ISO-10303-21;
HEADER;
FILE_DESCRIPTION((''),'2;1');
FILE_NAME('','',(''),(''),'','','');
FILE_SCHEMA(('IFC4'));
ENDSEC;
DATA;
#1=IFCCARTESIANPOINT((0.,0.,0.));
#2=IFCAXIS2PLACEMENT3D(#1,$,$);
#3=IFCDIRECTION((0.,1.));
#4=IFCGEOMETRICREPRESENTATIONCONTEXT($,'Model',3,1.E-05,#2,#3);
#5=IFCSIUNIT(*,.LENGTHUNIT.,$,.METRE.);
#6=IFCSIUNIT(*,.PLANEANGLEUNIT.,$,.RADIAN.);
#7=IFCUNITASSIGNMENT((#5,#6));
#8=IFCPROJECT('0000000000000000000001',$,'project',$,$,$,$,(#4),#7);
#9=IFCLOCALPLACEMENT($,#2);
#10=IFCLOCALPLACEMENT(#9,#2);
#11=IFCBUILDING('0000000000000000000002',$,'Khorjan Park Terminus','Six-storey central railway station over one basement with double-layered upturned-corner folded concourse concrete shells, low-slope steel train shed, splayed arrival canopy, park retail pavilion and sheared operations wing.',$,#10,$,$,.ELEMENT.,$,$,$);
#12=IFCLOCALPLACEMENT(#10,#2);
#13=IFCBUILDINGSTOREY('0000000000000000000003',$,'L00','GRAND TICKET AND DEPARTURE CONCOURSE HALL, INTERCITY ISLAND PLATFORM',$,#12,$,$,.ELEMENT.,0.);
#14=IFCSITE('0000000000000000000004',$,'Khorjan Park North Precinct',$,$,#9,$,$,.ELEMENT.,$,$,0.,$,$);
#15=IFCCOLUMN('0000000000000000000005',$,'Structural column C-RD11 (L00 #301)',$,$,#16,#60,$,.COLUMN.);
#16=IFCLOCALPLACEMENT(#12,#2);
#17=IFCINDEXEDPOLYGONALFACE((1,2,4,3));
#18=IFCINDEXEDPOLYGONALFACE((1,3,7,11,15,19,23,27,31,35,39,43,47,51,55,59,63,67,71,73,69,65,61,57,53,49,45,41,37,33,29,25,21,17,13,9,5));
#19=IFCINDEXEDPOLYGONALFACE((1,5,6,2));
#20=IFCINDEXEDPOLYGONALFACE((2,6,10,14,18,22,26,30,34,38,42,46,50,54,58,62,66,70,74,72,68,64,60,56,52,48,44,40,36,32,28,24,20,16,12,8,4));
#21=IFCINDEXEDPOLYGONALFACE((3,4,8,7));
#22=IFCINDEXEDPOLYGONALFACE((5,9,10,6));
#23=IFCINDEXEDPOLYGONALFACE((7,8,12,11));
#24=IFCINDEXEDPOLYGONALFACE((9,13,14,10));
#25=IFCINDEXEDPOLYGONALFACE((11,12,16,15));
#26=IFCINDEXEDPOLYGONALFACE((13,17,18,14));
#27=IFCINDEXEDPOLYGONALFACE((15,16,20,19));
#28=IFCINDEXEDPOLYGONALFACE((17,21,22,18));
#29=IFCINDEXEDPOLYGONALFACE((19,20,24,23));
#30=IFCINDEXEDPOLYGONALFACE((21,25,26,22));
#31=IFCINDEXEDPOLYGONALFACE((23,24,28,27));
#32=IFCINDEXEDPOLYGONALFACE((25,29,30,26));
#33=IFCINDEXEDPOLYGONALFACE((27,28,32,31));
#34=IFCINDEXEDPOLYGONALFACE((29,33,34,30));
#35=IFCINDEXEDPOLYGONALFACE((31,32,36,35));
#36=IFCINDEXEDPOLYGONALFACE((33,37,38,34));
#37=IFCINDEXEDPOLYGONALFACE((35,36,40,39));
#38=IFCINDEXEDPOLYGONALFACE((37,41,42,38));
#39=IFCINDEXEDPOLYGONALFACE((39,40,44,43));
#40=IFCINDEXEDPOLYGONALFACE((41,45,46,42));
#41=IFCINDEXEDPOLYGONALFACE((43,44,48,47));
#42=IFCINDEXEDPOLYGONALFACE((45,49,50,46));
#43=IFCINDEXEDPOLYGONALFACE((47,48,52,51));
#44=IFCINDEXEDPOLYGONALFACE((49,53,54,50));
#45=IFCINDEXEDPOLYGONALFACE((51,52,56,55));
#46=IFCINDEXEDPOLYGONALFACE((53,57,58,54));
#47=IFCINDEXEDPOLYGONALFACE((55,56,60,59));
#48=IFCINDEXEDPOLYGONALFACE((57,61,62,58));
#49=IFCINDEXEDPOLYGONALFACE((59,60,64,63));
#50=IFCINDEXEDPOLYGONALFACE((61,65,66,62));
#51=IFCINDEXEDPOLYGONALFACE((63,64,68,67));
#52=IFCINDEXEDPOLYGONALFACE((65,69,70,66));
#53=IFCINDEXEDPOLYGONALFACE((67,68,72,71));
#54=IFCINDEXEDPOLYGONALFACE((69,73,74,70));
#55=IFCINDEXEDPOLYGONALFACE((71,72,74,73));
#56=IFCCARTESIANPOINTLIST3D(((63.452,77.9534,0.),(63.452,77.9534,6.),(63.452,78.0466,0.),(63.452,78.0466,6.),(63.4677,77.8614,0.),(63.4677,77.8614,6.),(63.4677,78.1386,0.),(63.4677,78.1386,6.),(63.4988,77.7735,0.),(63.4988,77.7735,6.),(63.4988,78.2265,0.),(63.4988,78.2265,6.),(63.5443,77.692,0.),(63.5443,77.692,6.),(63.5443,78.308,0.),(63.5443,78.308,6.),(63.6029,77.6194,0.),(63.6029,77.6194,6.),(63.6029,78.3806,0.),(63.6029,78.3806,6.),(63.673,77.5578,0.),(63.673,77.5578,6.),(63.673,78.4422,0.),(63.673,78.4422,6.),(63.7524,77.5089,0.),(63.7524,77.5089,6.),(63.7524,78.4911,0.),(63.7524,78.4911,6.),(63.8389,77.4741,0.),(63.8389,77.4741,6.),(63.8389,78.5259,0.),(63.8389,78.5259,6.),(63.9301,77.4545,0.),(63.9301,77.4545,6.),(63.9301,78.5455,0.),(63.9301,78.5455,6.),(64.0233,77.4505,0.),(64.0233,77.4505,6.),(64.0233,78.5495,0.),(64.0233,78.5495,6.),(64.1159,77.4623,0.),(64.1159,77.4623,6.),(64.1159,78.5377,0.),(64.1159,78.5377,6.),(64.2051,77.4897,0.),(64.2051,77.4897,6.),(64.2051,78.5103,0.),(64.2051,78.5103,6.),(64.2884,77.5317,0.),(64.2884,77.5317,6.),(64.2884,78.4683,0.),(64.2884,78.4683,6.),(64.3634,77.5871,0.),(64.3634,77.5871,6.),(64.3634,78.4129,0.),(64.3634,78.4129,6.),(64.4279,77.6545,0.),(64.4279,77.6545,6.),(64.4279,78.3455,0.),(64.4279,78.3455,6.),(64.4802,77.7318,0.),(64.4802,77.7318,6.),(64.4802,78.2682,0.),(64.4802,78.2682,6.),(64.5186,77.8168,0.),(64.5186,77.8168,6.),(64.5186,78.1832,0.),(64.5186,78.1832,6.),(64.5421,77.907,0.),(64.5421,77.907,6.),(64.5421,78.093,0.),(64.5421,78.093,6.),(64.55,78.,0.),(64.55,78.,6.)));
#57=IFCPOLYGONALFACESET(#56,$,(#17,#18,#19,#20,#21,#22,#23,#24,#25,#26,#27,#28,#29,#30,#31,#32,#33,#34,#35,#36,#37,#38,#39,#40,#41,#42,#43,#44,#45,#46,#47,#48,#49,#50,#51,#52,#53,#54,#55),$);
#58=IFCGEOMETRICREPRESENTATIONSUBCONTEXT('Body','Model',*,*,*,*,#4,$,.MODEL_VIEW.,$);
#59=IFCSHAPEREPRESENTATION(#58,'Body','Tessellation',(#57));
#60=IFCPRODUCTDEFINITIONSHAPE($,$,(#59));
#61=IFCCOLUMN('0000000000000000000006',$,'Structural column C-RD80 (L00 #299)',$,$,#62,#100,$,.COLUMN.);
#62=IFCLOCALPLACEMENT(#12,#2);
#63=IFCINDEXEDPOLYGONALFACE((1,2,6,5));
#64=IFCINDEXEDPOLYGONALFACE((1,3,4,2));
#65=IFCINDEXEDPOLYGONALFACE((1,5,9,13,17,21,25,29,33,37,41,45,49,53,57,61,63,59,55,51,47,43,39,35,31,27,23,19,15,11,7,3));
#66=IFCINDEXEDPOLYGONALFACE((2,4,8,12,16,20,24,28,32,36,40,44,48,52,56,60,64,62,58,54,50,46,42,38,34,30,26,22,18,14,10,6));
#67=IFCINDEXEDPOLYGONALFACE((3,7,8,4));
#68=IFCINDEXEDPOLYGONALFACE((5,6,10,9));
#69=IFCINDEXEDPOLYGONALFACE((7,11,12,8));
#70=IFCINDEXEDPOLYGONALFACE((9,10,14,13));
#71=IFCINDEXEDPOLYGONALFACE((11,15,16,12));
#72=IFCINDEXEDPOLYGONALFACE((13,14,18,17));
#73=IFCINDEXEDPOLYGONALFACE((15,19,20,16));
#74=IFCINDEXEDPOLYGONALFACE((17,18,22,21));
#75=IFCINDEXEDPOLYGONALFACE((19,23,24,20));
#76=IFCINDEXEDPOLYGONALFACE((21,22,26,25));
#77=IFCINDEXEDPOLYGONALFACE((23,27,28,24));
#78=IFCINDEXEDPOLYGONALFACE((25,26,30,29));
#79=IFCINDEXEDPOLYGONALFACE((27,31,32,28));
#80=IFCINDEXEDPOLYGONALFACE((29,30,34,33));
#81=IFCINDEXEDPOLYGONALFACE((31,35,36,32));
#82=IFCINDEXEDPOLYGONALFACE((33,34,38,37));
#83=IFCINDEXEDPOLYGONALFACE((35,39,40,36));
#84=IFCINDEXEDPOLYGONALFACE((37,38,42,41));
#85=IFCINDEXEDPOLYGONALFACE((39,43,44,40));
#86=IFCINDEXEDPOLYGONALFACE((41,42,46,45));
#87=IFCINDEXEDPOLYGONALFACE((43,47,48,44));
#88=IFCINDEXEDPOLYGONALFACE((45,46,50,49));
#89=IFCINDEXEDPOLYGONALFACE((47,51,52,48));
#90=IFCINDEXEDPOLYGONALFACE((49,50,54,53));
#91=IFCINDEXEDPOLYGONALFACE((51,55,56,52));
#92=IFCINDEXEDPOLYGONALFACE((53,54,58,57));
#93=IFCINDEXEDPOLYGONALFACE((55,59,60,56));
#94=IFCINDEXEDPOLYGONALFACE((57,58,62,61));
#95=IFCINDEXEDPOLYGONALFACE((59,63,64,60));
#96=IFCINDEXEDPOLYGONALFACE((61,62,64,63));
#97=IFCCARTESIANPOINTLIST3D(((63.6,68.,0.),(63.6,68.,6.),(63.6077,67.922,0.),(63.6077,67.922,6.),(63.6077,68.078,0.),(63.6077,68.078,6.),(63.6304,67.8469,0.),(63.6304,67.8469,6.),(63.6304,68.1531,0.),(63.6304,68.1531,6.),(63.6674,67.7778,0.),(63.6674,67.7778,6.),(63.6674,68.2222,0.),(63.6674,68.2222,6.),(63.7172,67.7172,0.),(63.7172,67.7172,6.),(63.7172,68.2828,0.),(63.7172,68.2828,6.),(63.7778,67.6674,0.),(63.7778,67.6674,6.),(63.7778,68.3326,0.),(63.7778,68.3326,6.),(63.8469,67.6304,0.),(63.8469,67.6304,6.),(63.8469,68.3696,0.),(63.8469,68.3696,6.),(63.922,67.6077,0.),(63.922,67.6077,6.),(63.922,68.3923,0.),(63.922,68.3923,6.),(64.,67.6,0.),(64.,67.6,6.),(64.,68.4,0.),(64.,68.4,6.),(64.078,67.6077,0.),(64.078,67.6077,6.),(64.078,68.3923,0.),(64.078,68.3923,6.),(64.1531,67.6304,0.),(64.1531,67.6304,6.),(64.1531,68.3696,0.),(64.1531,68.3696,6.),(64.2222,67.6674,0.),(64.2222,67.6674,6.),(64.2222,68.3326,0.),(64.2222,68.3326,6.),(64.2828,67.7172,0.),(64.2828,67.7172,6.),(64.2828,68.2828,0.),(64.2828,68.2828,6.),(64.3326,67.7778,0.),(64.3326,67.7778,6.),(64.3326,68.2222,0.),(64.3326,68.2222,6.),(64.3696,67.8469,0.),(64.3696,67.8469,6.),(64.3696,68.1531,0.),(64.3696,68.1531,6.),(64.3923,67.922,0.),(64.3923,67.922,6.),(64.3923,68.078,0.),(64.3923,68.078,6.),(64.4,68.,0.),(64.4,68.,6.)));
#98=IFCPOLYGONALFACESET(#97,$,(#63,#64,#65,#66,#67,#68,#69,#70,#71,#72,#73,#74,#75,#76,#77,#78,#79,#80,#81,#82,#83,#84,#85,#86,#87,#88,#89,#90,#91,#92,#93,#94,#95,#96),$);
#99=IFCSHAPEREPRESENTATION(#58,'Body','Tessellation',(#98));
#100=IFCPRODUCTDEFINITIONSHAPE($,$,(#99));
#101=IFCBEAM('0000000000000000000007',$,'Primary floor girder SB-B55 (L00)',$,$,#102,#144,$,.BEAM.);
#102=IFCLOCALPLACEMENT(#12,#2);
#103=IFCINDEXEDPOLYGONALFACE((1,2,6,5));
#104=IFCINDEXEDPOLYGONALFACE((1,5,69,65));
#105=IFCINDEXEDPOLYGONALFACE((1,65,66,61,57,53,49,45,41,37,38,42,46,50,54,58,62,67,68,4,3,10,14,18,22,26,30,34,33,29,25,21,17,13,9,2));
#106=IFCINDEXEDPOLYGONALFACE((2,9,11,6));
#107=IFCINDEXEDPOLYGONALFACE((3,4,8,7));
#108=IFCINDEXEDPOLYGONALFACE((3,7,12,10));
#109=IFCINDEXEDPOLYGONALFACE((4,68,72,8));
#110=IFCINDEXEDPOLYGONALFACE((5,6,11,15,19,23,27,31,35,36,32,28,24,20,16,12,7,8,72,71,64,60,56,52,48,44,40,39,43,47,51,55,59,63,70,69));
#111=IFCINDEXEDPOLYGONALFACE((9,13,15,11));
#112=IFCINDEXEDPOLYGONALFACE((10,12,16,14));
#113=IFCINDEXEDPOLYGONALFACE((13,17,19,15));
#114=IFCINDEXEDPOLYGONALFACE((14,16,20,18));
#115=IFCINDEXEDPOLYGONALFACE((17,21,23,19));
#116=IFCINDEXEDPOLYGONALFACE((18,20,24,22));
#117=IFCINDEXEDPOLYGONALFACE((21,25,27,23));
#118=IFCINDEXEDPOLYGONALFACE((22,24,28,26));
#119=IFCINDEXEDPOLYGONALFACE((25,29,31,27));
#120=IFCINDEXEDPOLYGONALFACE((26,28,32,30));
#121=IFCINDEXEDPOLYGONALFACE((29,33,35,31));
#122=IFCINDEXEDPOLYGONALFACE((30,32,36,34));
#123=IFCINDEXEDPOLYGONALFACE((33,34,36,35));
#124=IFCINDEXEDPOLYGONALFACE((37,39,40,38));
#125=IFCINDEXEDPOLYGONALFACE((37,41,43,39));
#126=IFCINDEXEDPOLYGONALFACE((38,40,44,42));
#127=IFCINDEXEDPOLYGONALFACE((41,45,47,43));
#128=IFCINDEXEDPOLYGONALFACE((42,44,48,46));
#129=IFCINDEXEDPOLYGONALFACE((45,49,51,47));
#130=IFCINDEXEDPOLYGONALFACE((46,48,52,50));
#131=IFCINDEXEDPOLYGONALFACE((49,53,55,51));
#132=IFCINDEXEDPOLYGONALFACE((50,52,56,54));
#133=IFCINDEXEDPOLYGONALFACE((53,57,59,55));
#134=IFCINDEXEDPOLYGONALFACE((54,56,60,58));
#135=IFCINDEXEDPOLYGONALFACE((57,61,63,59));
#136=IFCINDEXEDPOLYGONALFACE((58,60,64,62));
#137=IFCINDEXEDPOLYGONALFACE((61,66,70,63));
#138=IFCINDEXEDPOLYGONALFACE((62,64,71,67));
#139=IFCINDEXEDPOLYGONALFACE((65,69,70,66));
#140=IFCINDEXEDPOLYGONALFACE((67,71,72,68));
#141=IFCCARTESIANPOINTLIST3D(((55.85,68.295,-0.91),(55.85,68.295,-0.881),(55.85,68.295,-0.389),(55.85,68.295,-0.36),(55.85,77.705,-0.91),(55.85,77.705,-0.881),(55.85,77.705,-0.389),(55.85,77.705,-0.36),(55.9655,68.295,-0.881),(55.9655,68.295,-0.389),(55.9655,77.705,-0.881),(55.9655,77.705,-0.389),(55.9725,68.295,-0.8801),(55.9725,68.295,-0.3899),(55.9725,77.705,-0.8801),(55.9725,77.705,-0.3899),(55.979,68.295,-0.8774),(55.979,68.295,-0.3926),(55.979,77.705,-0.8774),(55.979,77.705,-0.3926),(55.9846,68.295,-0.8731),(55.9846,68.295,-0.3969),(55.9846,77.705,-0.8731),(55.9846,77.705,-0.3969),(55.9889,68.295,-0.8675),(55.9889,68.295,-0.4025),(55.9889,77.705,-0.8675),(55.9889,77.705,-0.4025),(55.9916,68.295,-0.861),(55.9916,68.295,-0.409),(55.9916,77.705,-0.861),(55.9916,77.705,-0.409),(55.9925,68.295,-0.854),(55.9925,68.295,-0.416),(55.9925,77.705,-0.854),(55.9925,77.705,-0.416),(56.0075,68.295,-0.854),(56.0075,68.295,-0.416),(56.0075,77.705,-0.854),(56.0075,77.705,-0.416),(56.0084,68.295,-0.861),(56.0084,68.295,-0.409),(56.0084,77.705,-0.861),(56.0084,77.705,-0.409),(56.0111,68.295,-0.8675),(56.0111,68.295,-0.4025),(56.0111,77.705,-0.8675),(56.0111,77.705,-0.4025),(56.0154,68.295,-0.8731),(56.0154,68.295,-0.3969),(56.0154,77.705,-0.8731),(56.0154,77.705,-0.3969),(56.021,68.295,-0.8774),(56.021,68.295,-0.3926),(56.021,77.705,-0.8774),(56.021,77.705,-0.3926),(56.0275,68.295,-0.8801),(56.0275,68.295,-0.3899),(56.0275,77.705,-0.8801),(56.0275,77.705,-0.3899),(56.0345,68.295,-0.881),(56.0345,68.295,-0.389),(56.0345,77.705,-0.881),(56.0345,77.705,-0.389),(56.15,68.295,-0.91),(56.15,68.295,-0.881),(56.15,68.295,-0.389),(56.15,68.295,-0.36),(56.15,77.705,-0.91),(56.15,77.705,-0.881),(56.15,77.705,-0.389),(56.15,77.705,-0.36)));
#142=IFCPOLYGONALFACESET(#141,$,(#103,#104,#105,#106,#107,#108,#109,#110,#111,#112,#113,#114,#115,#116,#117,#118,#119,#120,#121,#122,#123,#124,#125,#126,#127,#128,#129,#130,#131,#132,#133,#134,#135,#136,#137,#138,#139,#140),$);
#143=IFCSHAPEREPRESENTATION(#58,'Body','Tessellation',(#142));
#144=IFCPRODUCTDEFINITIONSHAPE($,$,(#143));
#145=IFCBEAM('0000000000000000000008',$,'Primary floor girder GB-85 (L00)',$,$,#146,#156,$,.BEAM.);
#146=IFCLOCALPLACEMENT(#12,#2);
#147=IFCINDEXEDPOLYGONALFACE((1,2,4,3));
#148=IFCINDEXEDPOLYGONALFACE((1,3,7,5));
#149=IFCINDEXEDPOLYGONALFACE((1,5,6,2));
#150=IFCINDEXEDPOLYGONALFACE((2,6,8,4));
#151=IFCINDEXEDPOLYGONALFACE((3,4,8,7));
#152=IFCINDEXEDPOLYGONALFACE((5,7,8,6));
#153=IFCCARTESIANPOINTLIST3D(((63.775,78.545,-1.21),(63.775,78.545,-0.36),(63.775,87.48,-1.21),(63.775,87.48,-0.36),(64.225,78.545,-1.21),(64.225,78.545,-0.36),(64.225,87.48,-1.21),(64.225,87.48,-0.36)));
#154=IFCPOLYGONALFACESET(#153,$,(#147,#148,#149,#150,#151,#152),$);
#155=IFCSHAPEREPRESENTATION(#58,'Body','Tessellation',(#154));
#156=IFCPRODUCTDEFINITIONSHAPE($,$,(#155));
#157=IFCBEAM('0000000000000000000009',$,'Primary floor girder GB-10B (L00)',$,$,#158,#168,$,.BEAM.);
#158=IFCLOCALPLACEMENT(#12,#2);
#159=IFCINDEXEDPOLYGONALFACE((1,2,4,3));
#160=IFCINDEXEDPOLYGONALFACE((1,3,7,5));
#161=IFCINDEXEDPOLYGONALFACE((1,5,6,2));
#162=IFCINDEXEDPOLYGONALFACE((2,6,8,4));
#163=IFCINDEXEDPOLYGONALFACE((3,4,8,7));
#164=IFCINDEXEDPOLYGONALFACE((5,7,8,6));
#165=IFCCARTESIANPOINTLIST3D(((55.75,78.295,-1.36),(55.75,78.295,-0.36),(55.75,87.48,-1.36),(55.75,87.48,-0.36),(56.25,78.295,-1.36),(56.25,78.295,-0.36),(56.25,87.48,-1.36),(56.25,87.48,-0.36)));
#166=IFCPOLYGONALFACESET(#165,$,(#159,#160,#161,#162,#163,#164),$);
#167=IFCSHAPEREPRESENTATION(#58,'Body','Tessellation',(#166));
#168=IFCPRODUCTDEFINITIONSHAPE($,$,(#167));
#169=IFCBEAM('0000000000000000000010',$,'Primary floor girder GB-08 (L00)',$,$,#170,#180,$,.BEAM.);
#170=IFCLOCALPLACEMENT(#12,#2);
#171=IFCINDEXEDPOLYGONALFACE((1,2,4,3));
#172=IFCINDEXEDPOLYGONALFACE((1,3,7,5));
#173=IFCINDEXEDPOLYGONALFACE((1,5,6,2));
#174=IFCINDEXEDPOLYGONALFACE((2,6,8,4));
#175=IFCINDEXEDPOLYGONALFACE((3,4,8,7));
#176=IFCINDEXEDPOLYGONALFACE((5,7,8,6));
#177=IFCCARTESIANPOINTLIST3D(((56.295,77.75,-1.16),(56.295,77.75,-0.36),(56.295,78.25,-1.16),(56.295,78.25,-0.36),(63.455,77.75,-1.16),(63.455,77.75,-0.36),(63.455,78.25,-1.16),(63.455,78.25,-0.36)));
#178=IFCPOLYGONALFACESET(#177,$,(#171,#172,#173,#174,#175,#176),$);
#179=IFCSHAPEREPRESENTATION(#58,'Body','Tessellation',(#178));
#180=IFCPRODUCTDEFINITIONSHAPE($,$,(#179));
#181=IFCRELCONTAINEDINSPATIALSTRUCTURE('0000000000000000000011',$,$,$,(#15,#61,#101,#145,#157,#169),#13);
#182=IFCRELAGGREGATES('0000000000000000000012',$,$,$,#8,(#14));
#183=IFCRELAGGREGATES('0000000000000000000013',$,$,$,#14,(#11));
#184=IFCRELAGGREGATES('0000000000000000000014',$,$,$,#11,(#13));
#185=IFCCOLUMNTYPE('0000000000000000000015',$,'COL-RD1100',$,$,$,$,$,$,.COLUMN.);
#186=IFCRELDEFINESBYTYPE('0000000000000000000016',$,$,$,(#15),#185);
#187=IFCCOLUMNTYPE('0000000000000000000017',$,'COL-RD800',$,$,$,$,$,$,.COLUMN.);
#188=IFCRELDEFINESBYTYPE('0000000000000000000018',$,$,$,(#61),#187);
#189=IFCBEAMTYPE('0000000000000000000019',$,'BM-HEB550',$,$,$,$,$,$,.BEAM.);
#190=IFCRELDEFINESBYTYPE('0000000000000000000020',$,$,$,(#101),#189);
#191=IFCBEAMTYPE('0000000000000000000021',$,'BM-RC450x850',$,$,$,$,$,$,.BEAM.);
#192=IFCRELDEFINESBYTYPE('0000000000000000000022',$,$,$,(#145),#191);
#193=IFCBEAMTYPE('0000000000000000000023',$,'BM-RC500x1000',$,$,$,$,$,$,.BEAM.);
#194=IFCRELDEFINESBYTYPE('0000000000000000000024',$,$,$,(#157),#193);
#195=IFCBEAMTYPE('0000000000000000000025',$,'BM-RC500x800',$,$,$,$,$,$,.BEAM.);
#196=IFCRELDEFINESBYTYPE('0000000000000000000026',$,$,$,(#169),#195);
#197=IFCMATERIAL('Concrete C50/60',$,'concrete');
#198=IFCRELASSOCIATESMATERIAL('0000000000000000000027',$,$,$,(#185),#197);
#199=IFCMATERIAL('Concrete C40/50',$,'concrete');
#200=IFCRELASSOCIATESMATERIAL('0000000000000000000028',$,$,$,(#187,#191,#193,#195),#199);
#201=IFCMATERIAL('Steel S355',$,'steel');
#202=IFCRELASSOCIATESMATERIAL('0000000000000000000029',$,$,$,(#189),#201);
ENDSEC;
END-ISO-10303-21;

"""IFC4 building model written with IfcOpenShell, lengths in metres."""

from ifc_helpers import new_model, si_unit, direction, frame, origin, origin_2d, place, context, subcontext, project, spatial, rectangle, circle, i_section, extrude, material, material_profile, profile_set, type_object, element, save


model = new_model("IFC4")

# Units and contexts
model_context = context("Model", 3, precision=1e-05, world=origin(), true_north=direction((0.0, 1.0)))
body_context = subcontext(model_context, "Body", "Model", "MODEL_VIEW")
ifc_project = project(units=[si_unit("LENGTHUNIT", "METRE"), si_unit("PLANEANGLEUNIT", "RADIAN")], contexts=[model_context])

# Site, building, storey
site_placement = place(None, origin())
site = spatial("IfcSite", under=ifc_project, at=site_placement, Name="Khorjan Park North Precinct", CompositionType="ELEMENT", RefElevation=0.0)
building_placement = place(site_placement, origin())
building = spatial("IfcBuilding", under=site, at=building_placement, Name="Khorjan Park Terminus", Description="Six-storey central railway station over one basement with double-layered upturned-corner folded concourse concrete shells, low-slope steel train shed, splayed arrival canopy, park retail pavilion and sheared operations wing.", CompositionType="ELEMENT")
storey_placement = place(building_placement, origin())
storey = spatial("IfcBuildingStorey", under=building, at=storey_placement, Name="L00", Description="GRAND TICKET AND DEPARTURE CONCOURSE HALL, INTERCITY ISLAND PLATFORM", CompositionType="ELEMENT", Elevation=0.0)

# Columns
ifc_material_1 = material(Name="Concrete C50/60", Category="concrete")
ifc_material_profile_1 = material_profile(ifc_material_1, circle(Radius=0.55, at=origin_2d()), Name="RC D1100")
ifc_profile_set_1 = profile_set([ifc_material_profile_1], Name="Concrete C50/60")
column_type_1 = type_object("IfcColumnType", Name="COL-RD1100", PredefinedType="COLUMN", material=ifc_profile_set_1)
column_1_placement = place(storey_placement, frame((64.0, 78.0, 0.0), z_axis=(0.0, 0.0, 1.0), x_axis=(1.0, 0.0, 0.0)))
element("IfcColumn", 1, at=column_1_placement, inside=storey, type_object=column_type_1, Name="Structural column C-RD11 (L00 #301)", PredefinedType="COLUMN", context=body_context, shape_type="SweptSolid", body=[
    extrude(circle(Radius=0.55, at=origin_2d()), origin(), (0.0, 0.0, 1.0), 6.0),
])
ifc_material_2 = material(Name="Concrete C40/50", Category="concrete")
ifc_material_profile_2 = material_profile(ifc_material_2, circle(Radius=0.4, at=origin_2d()), Name="RC D800")
ifc_profile_set_2 = profile_set([ifc_material_profile_2], Name="Concrete C40/50")
column_type_2 = type_object("IfcColumnType", Name="COL-RD800", PredefinedType="COLUMN", material=ifc_profile_set_2)
column_2_placement = place(storey_placement, frame((64.0, 68.0, 0.0), z_axis=(0.0, 0.0, 1.0), x_axis=(1.0, 0.0, 0.0)))
element("IfcColumn", 2, at=column_2_placement, inside=storey, type_object=column_type_2, Name="Structural column C-RD80 (L00 #299)", PredefinedType="COLUMN", context=body_context, shape_type="SweptSolid", body=[
    extrude(circle(Radius=0.4, at=origin_2d()), origin(), (0.0, 0.0, 1.0), 6.0),
])

# Beams
ifc_material_3 = material(Name="Steel S355", Category="steel")
ifc_material_profile_3 = material_profile(ifc_material_3, i_section(OverallWidth=0.3, OverallDepth=0.55, WebThickness=0.015, FlangeThickness=0.029, FilletRadius=0.027, at=origin_2d()), Name="HEB 550")
ifc_profile_set_3 = profile_set([ifc_material_profile_3], Name="Steel S355")
beam_type_1 = type_object("IfcBeamType", Name="BM-HEB550", PredefinedType="BEAM", material=ifc_profile_set_3)
beam_1_placement = place(storey_placement, frame((56.0, 68.295, -0.635), z_axis=(0.0, 1.0, 0.0), x_axis=(-1.0, 0.0, 0.0)))
element("IfcBeam", 3, at=beam_1_placement, inside=storey, type_object=beam_type_1, Name="Primary floor girder SB-B55 (L00)", PredefinedType="BEAM", context=body_context, shape_type="SweptSolid", body=[
    extrude(i_section(OverallWidth=0.3, OverallDepth=0.55, WebThickness=0.015, FlangeThickness=0.029, FilletRadius=0.027, at=origin_2d()), origin(), (0.0, 0.0, 1.0), 9.41),
])
ifc_material_profile_4 = material_profile(ifc_material_2, rectangle(XDim=0.45, YDim=0.85, at=origin_2d()), Name="RC 450x850")
ifc_profile_set_4 = profile_set([ifc_material_profile_4], Name="Concrete C40/50")
beam_type_2 = type_object("IfcBeamType", Name="BM-RC450x850", PredefinedType="BEAM", material=ifc_profile_set_4)
beam_2_placement = place(storey_placement, frame((64.0, 78.545, -0.785), z_axis=(0.0, 1.0, 0.0), x_axis=(-1.0, 0.0, 0.0)))
element("IfcBeam", 4, at=beam_2_placement, inside=storey, type_object=beam_type_2, Name="Primary floor girder GB-85 (L00)", PredefinedType="BEAM", context=body_context, shape_type="SweptSolid", body=[
    extrude(rectangle(XDim=0.45, YDim=0.85, at=origin_2d()), origin(), (0.0, 0.0, 1.0), 8.935),
])
ifc_material_profile_5 = material_profile(ifc_material_2, rectangle(XDim=0.5, YDim=1.0, at=origin_2d()), Name="RC 500x1000")
ifc_profile_set_5 = profile_set([ifc_material_profile_5], Name="Concrete C40/50")
beam_type_3 = type_object("IfcBeamType", Name="BM-RC500x1000", PredefinedType="BEAM", material=ifc_profile_set_5)
beam_3_placement = place(storey_placement, frame((56.0, 78.295, -0.86), z_axis=(0.0, 1.0, 0.0), x_axis=(-1.0, 0.0, 0.0)))
element("IfcBeam", 5, at=beam_3_placement, inside=storey, type_object=beam_type_3, Name="Primary floor girder GB-10B (L00)", PredefinedType="BEAM", context=body_context, shape_type="SweptSolid", body=[
    extrude(rectangle(XDim=0.5, YDim=1.0, at=origin_2d()), origin(), (0.0, 0.0, 1.0), 9.185),
])
ifc_material_profile_6 = material_profile(ifc_material_2, rectangle(XDim=0.5, YDim=0.8, at=origin_2d()), Name="RC 500x800")
ifc_profile_set_6 = profile_set([ifc_material_profile_6], Name="Concrete C40/50")
beam_type_4 = type_object("IfcBeamType", Name="BM-RC500x800", PredefinedType="BEAM", material=ifc_profile_set_6)
beam_4_placement = place(storey_placement, frame((56.295, 78.0, -0.76), z_axis=(1.0, 0.0, 0.0), x_axis=(0.0, 1.0, 0.0)))
element("IfcBeam", 6, at=beam_4_placement, inside=storey, type_object=beam_type_4, Name="Primary floor girder GB-08 (L00)", PredefinedType="BEAM", context=body_context, shape_type="SweptSolid", body=[
    extrude(rectangle(XDim=0.5, YDim=0.8, at=origin_2d()), origin(), (0.0, 0.0, 1.0), 7.16),
])

save(model, "model.ifc")
